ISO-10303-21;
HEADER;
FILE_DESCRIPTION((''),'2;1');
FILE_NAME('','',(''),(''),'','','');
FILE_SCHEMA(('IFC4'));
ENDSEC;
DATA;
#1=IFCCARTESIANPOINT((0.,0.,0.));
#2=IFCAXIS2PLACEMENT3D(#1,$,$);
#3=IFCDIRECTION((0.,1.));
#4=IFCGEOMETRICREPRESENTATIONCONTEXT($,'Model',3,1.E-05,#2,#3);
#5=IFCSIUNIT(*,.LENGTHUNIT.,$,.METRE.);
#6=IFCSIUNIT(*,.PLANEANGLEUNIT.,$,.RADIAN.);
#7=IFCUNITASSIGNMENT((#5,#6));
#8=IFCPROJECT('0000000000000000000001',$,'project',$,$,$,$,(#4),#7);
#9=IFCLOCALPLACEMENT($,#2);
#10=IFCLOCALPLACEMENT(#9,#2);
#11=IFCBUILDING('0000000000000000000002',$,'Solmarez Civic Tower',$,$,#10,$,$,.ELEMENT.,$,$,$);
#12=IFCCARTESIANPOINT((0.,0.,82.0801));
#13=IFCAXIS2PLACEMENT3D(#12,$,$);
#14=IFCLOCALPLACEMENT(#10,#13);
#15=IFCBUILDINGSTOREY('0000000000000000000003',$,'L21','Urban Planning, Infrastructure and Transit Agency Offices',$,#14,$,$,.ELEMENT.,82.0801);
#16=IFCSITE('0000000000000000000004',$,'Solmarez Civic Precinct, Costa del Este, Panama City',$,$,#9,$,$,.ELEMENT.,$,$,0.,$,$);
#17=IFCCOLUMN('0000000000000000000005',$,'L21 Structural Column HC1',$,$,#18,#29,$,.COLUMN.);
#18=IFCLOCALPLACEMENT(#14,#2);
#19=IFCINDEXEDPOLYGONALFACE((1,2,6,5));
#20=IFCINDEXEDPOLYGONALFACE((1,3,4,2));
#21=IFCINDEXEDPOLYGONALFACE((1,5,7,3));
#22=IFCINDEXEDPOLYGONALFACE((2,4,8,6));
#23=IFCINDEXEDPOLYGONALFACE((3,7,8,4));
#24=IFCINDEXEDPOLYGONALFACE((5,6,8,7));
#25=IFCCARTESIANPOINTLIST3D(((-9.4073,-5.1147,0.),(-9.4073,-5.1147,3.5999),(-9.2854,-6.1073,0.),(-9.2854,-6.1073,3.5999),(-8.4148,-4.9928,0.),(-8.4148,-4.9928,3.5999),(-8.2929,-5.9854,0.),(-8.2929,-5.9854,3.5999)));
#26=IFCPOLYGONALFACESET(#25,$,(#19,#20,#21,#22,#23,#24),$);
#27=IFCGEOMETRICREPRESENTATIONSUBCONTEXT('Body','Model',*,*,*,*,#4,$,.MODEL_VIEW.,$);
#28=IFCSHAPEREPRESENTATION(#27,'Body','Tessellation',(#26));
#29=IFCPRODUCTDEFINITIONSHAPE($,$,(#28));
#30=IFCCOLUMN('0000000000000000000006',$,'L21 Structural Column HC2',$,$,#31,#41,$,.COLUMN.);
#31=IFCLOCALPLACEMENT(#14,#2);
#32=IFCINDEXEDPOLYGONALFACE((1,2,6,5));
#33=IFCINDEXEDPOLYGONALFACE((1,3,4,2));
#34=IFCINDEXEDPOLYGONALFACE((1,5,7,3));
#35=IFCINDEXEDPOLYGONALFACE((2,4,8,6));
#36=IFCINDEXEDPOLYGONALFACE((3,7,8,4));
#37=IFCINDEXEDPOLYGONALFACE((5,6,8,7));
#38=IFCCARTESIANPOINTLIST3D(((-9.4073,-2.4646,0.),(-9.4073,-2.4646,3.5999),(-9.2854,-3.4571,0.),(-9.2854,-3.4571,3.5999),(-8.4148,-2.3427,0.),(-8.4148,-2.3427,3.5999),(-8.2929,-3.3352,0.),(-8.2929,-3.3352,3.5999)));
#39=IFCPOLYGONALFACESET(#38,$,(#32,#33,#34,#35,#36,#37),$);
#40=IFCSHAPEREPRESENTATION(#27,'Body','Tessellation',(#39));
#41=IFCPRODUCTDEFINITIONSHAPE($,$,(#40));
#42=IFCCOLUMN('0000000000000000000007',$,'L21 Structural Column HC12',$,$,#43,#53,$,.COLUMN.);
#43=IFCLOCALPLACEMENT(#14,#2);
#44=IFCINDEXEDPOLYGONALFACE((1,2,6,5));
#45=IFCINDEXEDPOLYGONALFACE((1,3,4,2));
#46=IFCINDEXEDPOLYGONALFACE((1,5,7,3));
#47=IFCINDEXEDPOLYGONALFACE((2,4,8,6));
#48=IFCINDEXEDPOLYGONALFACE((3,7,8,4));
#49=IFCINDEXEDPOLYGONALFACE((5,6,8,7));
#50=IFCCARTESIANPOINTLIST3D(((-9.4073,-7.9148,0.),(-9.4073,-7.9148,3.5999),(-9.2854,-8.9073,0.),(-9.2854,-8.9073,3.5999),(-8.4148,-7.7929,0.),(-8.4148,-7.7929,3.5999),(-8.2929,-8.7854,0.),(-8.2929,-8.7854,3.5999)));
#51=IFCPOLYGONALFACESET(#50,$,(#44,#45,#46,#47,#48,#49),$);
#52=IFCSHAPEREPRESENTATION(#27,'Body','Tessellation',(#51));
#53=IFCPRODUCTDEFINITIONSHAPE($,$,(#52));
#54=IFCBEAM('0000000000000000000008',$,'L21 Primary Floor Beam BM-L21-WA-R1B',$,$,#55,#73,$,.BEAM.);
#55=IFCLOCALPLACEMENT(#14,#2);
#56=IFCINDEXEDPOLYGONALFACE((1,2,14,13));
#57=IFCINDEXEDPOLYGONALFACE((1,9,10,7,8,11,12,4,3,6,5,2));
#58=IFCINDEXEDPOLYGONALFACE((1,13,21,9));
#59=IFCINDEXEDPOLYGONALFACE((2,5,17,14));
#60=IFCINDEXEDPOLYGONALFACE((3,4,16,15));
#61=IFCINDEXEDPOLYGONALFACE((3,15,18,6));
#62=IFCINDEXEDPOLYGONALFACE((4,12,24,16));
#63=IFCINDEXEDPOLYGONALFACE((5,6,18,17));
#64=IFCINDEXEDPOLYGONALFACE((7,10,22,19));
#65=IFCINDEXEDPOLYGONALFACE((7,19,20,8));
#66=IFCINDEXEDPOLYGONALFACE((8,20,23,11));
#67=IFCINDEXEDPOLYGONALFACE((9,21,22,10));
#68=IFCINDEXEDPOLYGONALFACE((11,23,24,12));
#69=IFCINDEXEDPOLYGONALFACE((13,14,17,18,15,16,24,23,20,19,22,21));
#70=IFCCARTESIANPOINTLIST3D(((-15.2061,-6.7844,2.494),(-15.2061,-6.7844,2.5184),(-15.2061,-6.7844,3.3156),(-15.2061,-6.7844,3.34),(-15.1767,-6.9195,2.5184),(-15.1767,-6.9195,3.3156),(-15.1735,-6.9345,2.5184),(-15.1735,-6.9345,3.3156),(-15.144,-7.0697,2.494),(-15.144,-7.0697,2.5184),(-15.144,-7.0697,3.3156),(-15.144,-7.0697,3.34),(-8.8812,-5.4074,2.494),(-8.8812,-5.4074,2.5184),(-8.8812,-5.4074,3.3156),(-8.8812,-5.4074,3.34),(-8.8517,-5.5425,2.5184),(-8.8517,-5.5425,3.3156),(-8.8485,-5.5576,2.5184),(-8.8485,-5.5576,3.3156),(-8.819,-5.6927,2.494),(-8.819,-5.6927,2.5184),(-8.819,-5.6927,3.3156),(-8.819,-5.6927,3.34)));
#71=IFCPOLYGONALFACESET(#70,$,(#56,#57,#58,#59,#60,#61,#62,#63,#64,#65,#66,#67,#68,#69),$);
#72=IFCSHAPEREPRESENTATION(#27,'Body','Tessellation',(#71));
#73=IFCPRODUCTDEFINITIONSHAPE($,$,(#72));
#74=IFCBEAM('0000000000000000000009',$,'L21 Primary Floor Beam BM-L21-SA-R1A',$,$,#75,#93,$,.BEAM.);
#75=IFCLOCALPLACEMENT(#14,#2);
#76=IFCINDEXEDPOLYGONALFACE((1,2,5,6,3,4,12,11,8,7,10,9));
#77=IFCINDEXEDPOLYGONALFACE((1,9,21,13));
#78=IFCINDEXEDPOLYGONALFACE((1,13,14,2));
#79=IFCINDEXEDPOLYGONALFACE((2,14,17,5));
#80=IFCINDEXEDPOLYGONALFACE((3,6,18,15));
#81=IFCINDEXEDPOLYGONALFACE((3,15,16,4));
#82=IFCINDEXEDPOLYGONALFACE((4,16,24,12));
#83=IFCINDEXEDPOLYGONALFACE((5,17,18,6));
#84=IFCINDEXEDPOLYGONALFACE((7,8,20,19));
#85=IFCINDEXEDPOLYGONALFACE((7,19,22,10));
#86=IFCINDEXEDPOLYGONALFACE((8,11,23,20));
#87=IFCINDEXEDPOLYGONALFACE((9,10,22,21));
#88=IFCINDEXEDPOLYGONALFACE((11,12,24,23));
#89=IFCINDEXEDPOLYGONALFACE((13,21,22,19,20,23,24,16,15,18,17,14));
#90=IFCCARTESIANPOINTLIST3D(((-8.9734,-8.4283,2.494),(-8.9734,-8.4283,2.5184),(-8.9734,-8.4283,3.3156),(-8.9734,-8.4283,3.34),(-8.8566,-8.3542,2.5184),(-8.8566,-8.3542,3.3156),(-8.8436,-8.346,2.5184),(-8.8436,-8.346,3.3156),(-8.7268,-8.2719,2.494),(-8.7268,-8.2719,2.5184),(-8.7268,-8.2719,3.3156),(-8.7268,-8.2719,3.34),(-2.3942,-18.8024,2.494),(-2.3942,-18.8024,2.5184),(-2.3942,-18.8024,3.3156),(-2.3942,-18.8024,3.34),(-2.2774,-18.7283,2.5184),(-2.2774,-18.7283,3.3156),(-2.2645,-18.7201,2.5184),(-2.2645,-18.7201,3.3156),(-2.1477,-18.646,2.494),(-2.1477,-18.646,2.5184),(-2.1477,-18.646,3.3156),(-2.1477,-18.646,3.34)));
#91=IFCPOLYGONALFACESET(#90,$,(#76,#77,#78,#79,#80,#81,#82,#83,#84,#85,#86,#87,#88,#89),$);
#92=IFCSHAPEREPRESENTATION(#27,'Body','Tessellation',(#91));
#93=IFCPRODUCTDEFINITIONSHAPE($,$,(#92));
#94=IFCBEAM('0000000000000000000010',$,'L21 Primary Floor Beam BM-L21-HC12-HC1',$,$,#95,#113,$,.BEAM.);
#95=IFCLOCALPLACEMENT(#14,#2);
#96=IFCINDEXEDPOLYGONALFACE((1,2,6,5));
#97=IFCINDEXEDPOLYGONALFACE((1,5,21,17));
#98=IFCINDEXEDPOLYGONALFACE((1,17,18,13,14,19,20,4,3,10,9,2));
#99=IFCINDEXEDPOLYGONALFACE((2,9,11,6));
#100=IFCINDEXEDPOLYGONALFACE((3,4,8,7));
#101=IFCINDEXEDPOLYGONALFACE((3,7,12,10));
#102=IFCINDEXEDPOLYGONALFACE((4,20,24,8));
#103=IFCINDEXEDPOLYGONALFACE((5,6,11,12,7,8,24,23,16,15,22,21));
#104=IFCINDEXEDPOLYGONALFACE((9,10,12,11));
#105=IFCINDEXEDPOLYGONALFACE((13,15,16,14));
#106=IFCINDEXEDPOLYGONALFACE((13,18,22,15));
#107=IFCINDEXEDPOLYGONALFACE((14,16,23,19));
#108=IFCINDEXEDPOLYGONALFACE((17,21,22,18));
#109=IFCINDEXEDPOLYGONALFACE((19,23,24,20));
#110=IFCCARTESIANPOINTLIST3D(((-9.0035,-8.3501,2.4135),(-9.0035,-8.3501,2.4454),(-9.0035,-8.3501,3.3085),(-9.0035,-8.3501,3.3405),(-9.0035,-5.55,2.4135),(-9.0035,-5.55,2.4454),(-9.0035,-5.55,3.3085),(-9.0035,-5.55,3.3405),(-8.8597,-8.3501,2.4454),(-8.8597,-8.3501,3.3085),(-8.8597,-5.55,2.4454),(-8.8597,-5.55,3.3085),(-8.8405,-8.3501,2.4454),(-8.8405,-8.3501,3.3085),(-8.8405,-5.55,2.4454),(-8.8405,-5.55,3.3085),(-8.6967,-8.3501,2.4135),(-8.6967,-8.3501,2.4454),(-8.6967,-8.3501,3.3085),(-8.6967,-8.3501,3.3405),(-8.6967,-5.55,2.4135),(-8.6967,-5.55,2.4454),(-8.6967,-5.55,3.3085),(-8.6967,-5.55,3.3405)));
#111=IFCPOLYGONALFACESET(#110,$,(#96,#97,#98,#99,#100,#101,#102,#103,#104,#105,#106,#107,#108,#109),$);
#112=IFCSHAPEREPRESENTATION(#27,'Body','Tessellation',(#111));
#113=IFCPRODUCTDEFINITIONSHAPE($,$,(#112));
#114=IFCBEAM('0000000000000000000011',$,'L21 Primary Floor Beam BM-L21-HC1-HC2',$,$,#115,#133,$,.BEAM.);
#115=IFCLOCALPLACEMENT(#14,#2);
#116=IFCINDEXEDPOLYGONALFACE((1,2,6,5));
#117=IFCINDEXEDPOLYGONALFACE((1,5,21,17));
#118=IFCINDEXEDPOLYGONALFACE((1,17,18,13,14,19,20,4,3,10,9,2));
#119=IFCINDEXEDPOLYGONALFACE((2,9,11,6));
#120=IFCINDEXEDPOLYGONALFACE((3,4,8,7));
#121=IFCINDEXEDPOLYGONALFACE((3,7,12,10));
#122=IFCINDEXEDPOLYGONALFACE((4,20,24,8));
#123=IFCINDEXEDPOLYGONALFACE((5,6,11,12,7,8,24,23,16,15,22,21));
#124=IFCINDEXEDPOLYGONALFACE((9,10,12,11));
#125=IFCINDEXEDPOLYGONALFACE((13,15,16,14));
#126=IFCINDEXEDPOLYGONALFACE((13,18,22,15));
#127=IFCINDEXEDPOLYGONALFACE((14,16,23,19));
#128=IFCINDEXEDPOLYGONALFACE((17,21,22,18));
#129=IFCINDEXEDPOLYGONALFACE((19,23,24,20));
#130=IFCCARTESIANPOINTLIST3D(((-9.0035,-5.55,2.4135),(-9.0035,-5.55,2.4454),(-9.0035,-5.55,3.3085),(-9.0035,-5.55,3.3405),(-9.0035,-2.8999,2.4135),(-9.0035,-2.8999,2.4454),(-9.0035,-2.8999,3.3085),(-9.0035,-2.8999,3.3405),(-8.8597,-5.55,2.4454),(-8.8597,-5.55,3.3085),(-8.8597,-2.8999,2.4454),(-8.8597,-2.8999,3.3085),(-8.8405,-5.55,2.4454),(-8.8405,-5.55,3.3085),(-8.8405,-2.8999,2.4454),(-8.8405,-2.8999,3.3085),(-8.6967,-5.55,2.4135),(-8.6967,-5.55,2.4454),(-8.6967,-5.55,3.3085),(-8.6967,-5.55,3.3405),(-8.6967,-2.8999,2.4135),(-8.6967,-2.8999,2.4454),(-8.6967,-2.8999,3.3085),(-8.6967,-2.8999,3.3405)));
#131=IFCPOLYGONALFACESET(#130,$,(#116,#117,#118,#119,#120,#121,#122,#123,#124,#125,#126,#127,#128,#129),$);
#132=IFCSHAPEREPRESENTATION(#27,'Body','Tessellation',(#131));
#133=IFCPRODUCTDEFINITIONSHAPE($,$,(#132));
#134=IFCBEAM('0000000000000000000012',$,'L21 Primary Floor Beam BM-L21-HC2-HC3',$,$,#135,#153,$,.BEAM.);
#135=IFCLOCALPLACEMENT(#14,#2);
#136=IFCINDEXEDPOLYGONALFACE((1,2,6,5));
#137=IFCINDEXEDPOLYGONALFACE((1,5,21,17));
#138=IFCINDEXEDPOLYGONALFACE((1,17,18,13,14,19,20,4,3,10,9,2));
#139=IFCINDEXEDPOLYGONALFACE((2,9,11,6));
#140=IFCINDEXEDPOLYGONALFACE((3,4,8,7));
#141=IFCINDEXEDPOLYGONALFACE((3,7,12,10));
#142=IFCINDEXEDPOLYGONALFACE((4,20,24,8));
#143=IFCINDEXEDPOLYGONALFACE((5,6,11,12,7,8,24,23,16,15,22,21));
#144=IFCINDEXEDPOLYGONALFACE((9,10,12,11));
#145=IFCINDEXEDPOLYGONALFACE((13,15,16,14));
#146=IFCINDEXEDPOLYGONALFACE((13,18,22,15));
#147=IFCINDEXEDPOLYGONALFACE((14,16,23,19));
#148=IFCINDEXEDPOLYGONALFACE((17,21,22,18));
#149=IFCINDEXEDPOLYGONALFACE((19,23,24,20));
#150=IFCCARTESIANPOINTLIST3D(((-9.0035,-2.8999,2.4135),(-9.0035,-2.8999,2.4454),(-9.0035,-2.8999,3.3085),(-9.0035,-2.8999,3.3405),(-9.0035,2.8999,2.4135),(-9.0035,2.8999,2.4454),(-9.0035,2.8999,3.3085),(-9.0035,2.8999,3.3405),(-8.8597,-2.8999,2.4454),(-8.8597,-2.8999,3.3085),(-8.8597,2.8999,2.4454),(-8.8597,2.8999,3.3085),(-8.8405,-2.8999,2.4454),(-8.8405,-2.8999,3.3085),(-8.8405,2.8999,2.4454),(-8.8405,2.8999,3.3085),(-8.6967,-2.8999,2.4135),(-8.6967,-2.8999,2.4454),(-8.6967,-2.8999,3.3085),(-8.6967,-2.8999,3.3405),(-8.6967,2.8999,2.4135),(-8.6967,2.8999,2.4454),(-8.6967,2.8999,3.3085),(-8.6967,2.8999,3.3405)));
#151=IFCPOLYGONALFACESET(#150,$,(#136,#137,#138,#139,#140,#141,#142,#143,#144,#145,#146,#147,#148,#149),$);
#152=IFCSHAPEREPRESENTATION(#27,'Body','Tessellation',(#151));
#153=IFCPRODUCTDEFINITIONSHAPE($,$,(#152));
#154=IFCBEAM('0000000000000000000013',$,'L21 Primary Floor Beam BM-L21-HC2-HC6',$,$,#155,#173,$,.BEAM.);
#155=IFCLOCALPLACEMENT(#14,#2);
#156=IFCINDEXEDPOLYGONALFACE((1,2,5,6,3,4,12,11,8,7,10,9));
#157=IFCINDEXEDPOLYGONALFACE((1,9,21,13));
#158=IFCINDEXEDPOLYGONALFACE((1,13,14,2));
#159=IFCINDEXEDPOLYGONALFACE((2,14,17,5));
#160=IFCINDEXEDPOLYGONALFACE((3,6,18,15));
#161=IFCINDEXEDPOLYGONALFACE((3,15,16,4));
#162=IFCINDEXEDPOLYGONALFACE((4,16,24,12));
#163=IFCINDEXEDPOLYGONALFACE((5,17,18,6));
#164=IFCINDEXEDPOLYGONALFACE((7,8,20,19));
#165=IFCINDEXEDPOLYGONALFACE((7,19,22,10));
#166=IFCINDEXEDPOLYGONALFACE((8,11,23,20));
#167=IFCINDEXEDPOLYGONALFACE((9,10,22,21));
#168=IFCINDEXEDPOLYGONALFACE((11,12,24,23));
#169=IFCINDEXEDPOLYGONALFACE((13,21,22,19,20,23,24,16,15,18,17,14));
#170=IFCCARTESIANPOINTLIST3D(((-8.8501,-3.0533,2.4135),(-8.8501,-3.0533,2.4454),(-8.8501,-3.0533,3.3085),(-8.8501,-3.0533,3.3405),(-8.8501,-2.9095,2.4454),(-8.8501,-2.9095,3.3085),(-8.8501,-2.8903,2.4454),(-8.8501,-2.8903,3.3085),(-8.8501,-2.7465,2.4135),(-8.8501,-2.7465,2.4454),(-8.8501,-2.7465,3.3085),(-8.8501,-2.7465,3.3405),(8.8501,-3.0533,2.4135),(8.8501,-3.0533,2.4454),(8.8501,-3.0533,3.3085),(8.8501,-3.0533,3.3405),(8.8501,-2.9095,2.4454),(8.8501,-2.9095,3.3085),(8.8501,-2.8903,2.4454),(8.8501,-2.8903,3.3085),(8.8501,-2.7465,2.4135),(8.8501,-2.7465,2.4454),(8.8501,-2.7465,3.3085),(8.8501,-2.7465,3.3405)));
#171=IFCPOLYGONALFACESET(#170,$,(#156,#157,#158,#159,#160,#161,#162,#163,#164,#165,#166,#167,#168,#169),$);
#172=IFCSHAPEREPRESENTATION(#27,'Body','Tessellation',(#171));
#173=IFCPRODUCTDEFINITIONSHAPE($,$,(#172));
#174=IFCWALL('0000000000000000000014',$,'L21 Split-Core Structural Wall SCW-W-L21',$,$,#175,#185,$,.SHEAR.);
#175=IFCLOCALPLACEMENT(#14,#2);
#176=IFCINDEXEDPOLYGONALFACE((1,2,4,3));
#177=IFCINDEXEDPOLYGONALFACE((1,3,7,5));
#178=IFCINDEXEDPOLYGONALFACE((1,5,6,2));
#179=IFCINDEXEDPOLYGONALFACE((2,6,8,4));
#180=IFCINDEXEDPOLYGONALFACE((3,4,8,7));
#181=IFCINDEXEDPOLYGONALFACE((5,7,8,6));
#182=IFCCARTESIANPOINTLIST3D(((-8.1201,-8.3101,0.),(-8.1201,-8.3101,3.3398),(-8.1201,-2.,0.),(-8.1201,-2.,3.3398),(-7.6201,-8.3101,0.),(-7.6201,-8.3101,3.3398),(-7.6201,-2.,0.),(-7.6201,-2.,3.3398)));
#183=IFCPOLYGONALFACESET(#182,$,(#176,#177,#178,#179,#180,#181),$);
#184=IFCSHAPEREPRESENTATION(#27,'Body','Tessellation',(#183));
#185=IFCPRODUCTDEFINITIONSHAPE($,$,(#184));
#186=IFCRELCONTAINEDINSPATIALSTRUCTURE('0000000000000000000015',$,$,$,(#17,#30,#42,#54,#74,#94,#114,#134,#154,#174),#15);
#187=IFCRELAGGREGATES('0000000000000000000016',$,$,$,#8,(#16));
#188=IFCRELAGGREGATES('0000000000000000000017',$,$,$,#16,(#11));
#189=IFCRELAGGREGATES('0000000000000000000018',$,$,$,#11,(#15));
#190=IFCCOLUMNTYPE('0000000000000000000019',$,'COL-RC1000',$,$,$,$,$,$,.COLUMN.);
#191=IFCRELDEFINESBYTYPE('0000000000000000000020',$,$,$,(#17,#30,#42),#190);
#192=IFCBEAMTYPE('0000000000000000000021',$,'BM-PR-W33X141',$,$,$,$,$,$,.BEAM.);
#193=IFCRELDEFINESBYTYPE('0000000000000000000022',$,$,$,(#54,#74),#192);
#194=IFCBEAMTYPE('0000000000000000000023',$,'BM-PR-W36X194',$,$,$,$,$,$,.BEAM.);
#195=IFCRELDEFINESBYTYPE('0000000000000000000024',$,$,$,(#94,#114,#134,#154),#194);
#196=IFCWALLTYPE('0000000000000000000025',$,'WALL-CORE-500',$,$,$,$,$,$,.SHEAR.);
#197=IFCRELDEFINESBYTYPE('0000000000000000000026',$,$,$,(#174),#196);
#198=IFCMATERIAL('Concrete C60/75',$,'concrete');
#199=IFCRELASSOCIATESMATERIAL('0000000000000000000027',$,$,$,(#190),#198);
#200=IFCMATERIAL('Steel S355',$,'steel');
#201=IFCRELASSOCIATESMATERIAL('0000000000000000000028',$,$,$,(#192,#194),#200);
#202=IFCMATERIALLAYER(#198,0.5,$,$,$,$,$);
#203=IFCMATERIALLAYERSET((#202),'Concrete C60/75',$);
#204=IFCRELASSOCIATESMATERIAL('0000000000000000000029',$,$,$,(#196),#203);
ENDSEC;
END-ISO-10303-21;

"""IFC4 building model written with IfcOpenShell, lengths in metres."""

from ifc_helpers import new_model, si_unit, direction, frame, frame_2d, origin, origin_2d, place, context, subcontext, project, spatial, rectangle, i_section, extrude, material, layer, layer_set, material_profile, profile_set, type_object, element, save


model = new_model("IFC4")

# Units and contexts
model_context = context("Model", 3, precision=1e-05, world=origin(), true_north=direction((0.0, 1.0)))
body_context = subcontext(model_context, "Body", "Model", "MODEL_VIEW")
ifc_project = project(units=[si_unit("LENGTHUNIT", "METRE"), si_unit("PLANEANGLEUNIT", "RADIAN")], contexts=[model_context])

# Site, building, storey
site_placement = place(None, origin())
site = spatial("IfcSite", under=ifc_project, at=site_placement, Name="Solmarez Civic Precinct, Costa del Este, Panama City", CompositionType="ELEMENT", RefElevation=0.0)
building_placement = place(site_placement, origin())
building = spatial("IfcBuilding", under=site, at=building_placement, Name="Solmarez Civic Tower", CompositionType="ELEMENT")
storey_placement = place(building_placement, frame((0.0, 0.0, 82.0801)))
storey = spatial("IfcBuildingStorey", under=building, at=storey_placement, Name="L21", Description="Urban Planning, Infrastructure and Transit Agency Offices", CompositionType="ELEMENT", Elevation=82.0801)

# Columns
ifc_material_1 = material(Name="Concrete C60/75", Category="concrete")
ifc_material_profile_1 = material_profile(ifc_material_1, rectangle(XDim=1.0, YDim=1.0, at=origin_2d()), Name="RC1000X1000")
ifc_profile_set_1 = profile_set([ifc_material_profile_1], Name="Concrete C60/75")
column_type = type_object("IfcColumnType", Name="COL-RC1000", PredefinedType="COLUMN", material=ifc_profile_set_1)
for number, where, z_axis, x_axis, name in (
    (1, (-8.8501, -5.55, 0.0), (0.0, 0.0, 1.0), (0.992546, 0.121869, 0.0), "L21 Structural Column HC1"),
    (2, (-8.8501, -2.8999, 0.0), (0.0, 0.0, 1.0), (0.992546, 0.121869, 0.0), "L21 Structural Column HC2"),
    (3, (-8.8501, -8.3501, 0.0), (0.0, 0.0, 1.0), (0.992546, 0.121869, 0.0), "L21 Structural Column HC12"),
):
    element("IfcColumn", number, at=place(storey_placement, frame(where, z_axis=z_axis, x_axis=x_axis)), inside=storey, type_object=column_type, Name=name, PredefinedType="COLUMN", context=body_context, shape_type="SweptSolid", body=[
        extrude(rectangle(XDim=1.0, YDim=1.0, at=origin_2d()), origin(), (0.0, 0.0, 1.0), 3.5999),
    ])

# Beams
ifc_material_2 = material(Name="Steel S355", Category="steel")
ifc_material_profile_2 = material_profile(ifc_material_2, i_section(OverallWidth=0.292, OverallDepth=0.8459, WebThickness=0.0154, FlangeThickness=0.0244, at=origin_2d()), Name="W33X141")
ifc_profile_set_2 = profile_set([ifc_material_profile_2], Name="Steel S355")
beam_type_1 = type_object("IfcBeamType", Name="BM-PR-W33X141", PredefinedType="BEAM", material=ifc_profile_set_2)
beam_1_placement = place(storey_placement, frame((-8.8501, -5.55, 2.917), z_axis=(-0.977113, -0.212719, 0.0), x_axis=(0.212719, -0.977113, 0.0)))
element("IfcBeam", 4, at=beam_1_placement, inside=storey, type_object=beam_type_1, Name="L21 Primary Floor Beam BM-L21-WA-R1B", PredefinedType="BEAM", context=body_context, shape_type="SweptSolid", body=[
    extrude(i_section(OverallWidth=0.292, OverallDepth=0.8459, WebThickness=0.0154, FlangeThickness=0.0244, at=origin_2d()), origin(), (0.0, 0.0, 1.0), 6.4731),
])
beam_2_placement = place(storey_placement, frame((-8.8501, -8.3501, 2.917), z_axis=(0.535568, -0.844492, 0.0), x_axis=(0.844492, 0.535568, 0.0)))
element("IfcBeam", 5, at=beam_2_placement, inside=storey, type_object=beam_type_1, Name="L21 Primary Floor Beam BM-L21-SA-R1A", PredefinedType="BEAM", context=body_context, shape_type="SweptSolid", body=[
    extrude(i_section(OverallWidth=0.292, OverallDepth=0.8459, WebThickness=0.0154, FlangeThickness=0.0244, at=origin_2d()), origin(), (0.0, 0.0, 1.0), 12.2844),
])
ifc_material_profile_3 = material_profile(ifc_material_2, i_section(OverallWidth=0.3069, OverallDepth=0.927, WebThickness=0.0193, FlangeThickness=0.032, at=origin_2d()), Name="W36X194")
ifc_profile_set_3 = profile_set([ifc_material_profile_3], Name="Steel S355")
beam_type_2 = type_object("IfcBeamType", Name="BM-PR-W36X194", PredefinedType="BEAM", material=ifc_profile_set_3)
beam_3_placement = place(storey_placement, frame((-8.8501, -8.3501, 2.877), z_axis=(0.0, 1.0, 0.0), x_axis=(-1.0, 0.0, 0.0)))
element("IfcBeam", 6, at=beam_3_placement, inside=storey, type_object=beam_type_2, Name="L21 Primary Floor Beam BM-L21-HC12-HC1", PredefinedType="BEAM", context=body_context, shape_type="SweptSolid", body=[
    extrude(i_section(OverallWidth=0.3069, OverallDepth=0.927, WebThickness=0.0193, FlangeThickness=0.032, at=origin_2d()), origin(), (0.0, 0.0, 1.0), 2.8),
])
beam_4_placement = place(storey_placement, frame((-8.8501, -5.55, 2.877), z_axis=(0.0, 1.0, 0.0), x_axis=(-1.0, 0.0, 0.0)))
element("IfcBeam", 7, at=beam_4_placement, inside=storey, type_object=beam_type_2, Name="L21 Primary Floor Beam BM-L21-HC1-HC2", PredefinedType="BEAM", context=body_context, shape_type="SweptSolid", body=[
    extrude(i_section(OverallWidth=0.3069, OverallDepth=0.927, WebThickness=0.0193, FlangeThickness=0.032, at=origin_2d()), origin(), (0.0, 0.0, 1.0), 2.6501),
])
beam_5_placement = place(storey_placement, frame((-8.8501, -2.8999, 2.877), z_axis=(0.0, 1.0, 0.0), x_axis=(-1.0, 0.0, 0.0)))
element("IfcBeam", 8, at=beam_5_placement, inside=storey, type_object=beam_type_2, Name="L21 Primary Floor Beam BM-L21-HC2-HC3", PredefinedType="BEAM", context=body_context, shape_type="SweptSolid", body=[
    extrude(i_section(OverallWidth=0.3069, OverallDepth=0.927, WebThickness=0.0193, FlangeThickness=0.032, at=origin_2d()), origin(), (0.0, 0.0, 1.0), 5.7998),
])
beam_6_placement = place(storey_placement, frame((-8.8501, -2.8999, 2.877), z_axis=(1.0, 0.0, 0.0), x_axis=(0.0, 1.0, 0.0)))
element("IfcBeam", 9, at=beam_6_placement, inside=storey, type_object=beam_type_2, Name="L21 Primary Floor Beam BM-L21-HC2-HC6", PredefinedType="BEAM", context=body_context, shape_type="SweptSolid", body=[
    extrude(i_section(OverallWidth=0.3069, OverallDepth=0.927, WebThickness=0.0193, FlangeThickness=0.032, at=origin_2d()), origin(), (0.0, 0.0, 1.0), 17.7002),
])

# Shared definitions
ifc_layer_1 = layer(ifc_material_1, 0.5)
ifc_layer_set_1 = layer_set([ifc_layer_1], Name="Concrete C60/75")
wall_type_1 = type_object("IfcWallType", Name="WALL-CORE-500", PredefinedType="SHEAR", material=ifc_layer_set_1)

# Wall
wall_1_placement = place(storey_placement, frame((-7.8701, -8.3101, 0.0), z_axis=(0.0, 0.0, 1.0), x_axis=(0.0, 1.0, 0.0)))
element("IfcWall", 10, at=wall_1_placement, inside=storey, type_object=wall_type_1, Name="L21 Split-Core Structural Wall SCW-W-L21", PredefinedType="SHEAR", context=body_context, shape_type="SweptSolid", body=[
    extrude(rectangle(XDim=6.3101, YDim=0.5, at=frame_2d((3.155, 0.0))), origin(), (0.0, 0.0, 1.0), 3.3398),
])

save(model, "model.ifc")
